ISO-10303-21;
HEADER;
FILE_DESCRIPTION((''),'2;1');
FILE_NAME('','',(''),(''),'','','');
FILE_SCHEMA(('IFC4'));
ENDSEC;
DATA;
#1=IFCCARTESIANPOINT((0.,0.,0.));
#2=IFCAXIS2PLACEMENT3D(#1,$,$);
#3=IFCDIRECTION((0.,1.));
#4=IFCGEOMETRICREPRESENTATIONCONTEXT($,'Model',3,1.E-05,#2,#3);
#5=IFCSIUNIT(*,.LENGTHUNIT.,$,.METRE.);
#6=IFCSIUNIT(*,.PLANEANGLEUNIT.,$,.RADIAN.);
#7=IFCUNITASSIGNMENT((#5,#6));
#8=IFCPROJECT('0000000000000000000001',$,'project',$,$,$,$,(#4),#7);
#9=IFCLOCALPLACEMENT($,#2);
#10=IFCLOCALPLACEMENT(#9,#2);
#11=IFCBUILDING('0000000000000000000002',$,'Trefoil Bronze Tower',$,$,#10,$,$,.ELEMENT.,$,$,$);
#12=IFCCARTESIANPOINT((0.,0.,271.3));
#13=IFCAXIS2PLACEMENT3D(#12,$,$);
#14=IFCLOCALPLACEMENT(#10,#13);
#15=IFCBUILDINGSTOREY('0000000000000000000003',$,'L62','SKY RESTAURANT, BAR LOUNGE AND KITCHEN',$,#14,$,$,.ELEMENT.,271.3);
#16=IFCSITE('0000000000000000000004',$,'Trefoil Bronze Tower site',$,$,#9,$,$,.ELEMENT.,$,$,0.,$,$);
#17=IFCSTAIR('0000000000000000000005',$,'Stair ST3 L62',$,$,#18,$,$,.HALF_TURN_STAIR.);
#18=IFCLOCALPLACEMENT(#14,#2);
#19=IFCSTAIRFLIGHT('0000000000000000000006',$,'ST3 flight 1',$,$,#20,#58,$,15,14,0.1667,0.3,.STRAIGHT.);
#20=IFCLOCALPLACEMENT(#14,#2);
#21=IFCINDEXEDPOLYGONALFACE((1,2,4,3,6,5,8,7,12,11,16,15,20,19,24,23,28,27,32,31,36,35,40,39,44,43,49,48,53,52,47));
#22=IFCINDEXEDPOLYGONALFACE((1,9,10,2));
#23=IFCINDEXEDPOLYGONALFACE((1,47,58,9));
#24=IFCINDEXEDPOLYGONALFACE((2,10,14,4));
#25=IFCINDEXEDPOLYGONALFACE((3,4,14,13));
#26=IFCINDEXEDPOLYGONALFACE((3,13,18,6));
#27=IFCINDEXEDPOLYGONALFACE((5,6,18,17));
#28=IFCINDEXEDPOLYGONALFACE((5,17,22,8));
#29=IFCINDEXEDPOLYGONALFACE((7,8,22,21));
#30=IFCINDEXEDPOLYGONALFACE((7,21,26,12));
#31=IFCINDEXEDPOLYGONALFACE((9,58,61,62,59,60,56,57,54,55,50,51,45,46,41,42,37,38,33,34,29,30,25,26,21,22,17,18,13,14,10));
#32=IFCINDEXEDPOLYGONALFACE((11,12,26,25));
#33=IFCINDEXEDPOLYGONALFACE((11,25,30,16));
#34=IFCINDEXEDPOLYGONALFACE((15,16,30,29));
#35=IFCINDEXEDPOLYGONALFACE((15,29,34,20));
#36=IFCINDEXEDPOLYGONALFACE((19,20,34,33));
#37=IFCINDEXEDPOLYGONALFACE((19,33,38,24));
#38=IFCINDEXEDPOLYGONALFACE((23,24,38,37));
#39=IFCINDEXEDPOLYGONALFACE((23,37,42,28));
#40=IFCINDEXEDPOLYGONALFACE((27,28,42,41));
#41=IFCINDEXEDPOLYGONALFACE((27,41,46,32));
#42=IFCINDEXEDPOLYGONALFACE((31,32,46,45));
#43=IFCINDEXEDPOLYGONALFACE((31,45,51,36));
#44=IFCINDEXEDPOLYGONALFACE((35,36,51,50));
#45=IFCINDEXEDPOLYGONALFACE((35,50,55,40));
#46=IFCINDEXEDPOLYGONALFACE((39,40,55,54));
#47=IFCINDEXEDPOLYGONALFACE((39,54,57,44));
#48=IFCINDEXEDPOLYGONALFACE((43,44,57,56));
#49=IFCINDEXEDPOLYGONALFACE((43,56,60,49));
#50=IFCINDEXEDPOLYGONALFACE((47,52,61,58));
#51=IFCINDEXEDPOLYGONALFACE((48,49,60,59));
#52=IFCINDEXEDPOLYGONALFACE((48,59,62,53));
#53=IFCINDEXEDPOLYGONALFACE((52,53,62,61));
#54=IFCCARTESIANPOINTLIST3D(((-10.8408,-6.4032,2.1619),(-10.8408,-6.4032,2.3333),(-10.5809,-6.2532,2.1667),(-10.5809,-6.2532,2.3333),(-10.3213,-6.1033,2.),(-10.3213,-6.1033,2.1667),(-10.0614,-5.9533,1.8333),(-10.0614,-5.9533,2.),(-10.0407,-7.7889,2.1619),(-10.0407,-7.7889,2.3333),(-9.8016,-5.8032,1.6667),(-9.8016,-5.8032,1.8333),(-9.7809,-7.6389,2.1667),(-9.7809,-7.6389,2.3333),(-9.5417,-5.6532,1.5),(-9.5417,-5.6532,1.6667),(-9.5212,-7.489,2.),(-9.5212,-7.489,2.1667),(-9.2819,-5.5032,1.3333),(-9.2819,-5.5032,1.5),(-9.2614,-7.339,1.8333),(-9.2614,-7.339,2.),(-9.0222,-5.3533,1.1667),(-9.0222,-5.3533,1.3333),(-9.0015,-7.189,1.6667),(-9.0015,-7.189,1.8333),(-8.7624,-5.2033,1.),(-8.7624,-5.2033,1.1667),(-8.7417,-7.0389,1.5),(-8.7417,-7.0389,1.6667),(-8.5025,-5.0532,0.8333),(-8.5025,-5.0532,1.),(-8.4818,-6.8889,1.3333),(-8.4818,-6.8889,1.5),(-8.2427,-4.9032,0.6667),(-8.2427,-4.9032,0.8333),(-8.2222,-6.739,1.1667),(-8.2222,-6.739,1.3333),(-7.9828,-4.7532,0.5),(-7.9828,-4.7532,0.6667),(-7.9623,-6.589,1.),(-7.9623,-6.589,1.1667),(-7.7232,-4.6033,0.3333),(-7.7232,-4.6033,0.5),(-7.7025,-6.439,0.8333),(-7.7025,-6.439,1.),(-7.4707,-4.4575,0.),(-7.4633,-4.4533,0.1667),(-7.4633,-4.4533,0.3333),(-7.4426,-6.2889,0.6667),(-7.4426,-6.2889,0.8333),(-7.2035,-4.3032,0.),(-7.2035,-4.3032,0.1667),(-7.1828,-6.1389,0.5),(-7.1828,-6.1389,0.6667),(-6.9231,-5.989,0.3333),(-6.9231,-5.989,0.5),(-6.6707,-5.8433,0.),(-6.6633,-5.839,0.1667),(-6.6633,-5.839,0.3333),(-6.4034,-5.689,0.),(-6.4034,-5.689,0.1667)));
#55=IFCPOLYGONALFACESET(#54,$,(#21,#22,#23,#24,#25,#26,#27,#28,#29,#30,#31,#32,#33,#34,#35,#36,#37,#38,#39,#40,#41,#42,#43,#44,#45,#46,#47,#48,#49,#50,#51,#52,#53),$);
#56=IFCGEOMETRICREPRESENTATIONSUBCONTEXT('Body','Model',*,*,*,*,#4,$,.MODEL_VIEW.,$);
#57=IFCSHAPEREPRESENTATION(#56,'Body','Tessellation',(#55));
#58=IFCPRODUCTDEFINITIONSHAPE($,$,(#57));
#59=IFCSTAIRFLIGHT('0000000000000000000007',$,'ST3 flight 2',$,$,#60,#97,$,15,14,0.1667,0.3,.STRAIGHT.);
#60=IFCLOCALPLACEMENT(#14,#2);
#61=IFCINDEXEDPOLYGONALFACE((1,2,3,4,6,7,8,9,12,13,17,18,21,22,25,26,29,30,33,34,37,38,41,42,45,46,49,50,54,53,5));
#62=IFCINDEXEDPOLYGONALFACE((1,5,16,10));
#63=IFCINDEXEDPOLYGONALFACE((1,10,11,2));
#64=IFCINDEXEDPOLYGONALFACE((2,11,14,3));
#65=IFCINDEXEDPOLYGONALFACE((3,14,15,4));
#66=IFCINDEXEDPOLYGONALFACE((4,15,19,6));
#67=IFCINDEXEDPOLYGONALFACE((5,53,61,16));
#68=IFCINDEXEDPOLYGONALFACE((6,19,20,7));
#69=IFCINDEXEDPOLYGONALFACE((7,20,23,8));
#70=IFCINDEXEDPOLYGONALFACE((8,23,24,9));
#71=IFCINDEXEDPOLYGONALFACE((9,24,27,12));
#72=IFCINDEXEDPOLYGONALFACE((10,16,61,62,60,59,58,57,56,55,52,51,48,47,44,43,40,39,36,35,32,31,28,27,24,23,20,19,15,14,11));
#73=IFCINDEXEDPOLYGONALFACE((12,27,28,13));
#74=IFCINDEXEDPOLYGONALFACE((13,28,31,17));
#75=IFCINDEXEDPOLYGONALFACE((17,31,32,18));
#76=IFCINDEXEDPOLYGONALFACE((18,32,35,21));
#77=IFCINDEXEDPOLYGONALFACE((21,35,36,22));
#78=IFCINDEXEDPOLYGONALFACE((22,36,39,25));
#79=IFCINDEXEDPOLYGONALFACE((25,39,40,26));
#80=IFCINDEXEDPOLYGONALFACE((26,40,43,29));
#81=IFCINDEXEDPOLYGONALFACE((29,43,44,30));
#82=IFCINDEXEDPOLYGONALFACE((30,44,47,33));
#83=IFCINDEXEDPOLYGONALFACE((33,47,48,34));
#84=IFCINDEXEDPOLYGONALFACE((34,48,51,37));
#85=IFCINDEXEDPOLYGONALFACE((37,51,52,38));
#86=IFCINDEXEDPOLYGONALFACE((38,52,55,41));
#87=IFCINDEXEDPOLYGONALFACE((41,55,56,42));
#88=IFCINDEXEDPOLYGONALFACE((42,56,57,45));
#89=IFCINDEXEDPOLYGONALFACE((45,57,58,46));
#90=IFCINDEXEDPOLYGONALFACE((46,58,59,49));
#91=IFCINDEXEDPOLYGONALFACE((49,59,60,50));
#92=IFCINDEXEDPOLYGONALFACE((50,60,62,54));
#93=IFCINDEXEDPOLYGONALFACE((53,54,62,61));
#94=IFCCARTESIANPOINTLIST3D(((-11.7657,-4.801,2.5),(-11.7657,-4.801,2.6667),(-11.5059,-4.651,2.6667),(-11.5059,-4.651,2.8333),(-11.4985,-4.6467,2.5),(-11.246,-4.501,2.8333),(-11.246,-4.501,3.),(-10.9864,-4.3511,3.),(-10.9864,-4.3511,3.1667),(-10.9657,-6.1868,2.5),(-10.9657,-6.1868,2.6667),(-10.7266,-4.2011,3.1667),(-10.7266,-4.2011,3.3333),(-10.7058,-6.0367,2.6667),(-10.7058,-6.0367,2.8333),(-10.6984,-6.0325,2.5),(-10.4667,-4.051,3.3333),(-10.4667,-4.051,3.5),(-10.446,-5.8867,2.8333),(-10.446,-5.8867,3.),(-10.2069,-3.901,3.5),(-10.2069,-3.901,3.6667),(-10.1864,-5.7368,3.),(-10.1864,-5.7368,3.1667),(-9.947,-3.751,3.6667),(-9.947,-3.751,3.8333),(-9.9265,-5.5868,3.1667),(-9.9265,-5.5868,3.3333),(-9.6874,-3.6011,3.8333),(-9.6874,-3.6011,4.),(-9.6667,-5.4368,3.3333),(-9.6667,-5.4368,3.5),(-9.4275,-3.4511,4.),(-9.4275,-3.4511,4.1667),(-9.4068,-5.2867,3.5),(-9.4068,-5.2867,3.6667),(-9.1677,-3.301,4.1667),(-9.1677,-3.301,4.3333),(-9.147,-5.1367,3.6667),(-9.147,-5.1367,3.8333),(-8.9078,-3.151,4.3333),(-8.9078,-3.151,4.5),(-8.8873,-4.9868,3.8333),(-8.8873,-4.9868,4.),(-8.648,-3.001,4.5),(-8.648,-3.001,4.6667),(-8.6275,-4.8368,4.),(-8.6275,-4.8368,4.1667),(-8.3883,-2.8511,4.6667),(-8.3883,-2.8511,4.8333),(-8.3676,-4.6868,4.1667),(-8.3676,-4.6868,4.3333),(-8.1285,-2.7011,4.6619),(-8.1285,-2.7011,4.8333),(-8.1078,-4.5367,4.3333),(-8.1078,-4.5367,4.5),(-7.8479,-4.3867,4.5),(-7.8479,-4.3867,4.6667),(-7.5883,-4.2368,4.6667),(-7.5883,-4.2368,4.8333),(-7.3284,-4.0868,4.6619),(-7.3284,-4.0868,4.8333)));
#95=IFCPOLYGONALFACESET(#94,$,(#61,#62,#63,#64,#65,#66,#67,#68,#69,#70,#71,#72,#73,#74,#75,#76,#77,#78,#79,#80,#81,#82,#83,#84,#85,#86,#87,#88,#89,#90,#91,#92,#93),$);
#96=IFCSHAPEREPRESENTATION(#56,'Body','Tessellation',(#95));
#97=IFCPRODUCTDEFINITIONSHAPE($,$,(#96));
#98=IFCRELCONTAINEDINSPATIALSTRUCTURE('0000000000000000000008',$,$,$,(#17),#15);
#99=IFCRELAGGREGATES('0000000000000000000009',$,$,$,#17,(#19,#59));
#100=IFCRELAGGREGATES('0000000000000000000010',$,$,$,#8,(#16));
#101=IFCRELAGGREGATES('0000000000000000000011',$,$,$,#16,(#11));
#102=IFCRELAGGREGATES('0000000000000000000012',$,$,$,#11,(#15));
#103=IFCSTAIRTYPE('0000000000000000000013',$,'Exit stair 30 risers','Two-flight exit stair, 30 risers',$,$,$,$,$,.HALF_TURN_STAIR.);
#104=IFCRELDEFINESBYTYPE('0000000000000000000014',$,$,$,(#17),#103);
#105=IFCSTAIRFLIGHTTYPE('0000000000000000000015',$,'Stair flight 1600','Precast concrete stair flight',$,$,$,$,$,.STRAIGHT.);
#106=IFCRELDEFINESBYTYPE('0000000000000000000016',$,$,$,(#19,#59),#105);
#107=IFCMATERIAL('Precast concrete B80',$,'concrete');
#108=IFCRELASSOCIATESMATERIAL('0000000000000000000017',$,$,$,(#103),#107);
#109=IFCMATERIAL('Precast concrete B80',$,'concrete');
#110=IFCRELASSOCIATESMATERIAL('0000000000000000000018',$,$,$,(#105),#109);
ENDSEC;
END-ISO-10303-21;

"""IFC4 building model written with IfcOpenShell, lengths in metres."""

from ifc_helpers import new_model, si_unit, direction, frame, origin, place, context, subcontext, project, spatial, polyline, outline, extrude, material, type_object, element, aggregate, save


model = new_model("IFC4")

# Units and contexts
model_context = context("Model", 3, precision=1e-05, world=origin(), true_north=direction((0.0, 1.0)))
body_context = subcontext(model_context, "Body", "Model", "MODEL_VIEW")
ifc_project = project(units=[si_unit("LENGTHUNIT", "METRE"), si_unit("PLANEANGLEUNIT", "RADIAN")], contexts=[model_context])

# Site, building, storey
site_placement = place(None, origin())
site = spatial("IfcSite", under=ifc_project, at=site_placement, Name="Trefoil Bronze Tower site", CompositionType="ELEMENT", RefElevation=0.0)
building_placement = place(site_placement, origin())
building = spatial("IfcBuilding", under=site, at=building_placement, Name="Trefoil Bronze Tower", CompositionType="ELEMENT")
storey_placement = place(building_placement, frame((0.0, 0.0, 271.3)))
storey = spatial("IfcBuildingStorey", under=building, at=storey_placement, Name="L62", Description="SKY RESTAURANT, BAR LOUNGE AND KITCHEN", CompositionType="ELEMENT", Elevation=271.3)

# Stair, stair flights
ifc_material_1 = material(Name="Precast concrete B80", Category="concrete")
stair_type = type_object("IfcStairType", Name="Exit stair 30 risers", Description="Two-flight exit stair, 30 risers", PredefinedType="HALF_TURN_STAIR", material=ifc_material_1)
stair_placement = place(storey_placement, origin())
stair = element("IfcStair", 1, at=stair_placement, inside=storey, type_object=stair_type, Name="Stair ST3 L62", PredefinedType="HALF_TURN_STAIR")
ifc_material_2 = material(Name="Precast concrete B80", Category="concrete")
stair_flight_type = type_object("IfcStairFlightType", Name="Stair flight 1600", Description="Precast concrete stair flight", PredefinedType="STRAIGHT", material=ifc_material_2)
stair_flight_1_placement = place(storey_placement, frame((-6.8035, -4.9961, 0.0), z_axis=(0.0, 0.0, 1.0), x_axis=(-0.866025, -0.5, 0.0)))
stair_flight_1 = element("IfcStairFlight", 2, at=stair_flight_1_placement, type_object=stair_flight_type, Name="ST3 flight 1", NumberOfRisers=15, NumberOfTreads=14, PredefinedType="STRAIGHT", RiserHeight=0.1667, TreadLength=0.3, context=body_context, shape_type="SweptSolid", body=[
    extrude(outline(polyline([(0.0, 0.0), (0.0, 0.1667), (0.3, 0.1667), (0.3, 0.3333), (0.6001, 0.3333), (0.6001, 0.5), (0.8999, 0.5), (0.8999, 0.6667), (1.2, 0.6667), (1.2, 0.8333), (1.5, 0.8333), (1.5, 1.0), (1.8, 1.0), (1.8, 1.1667), (2.1001, 1.1667), (2.1001, 1.3333), (2.3999, 1.3333), (2.3999, 1.5), (2.7, 1.5), (2.7, 1.6667), (3.0, 1.6667), (3.0, 1.8333), (3.3, 1.8333), (3.3, 2.0), (3.6001, 2.0), (3.6001, 2.1667), (3.8999, 2.1667), (3.8999, 2.3333), (4.2, 2.3333), (4.2, 2.5), (4.2, 2.1619), (0.3086, 0.0), (0.0, 0.0)])), frame((0.0, 0.8, 0.0), z_axis=(0.0, -1.0, 0.0), x_axis=(1.0, 0.0, 0.0)), (0.0, 0.0, 1.0), 1.6001),
])
stair_flight_2_placement = place(storey_placement, frame((-11.3657, -5.4939, 2.5), z_axis=(0.0, 0.0, 1.0), x_axis=(0.866025, 0.5, 0.0)))
stair_flight_2 = element("IfcStairFlight", 3, at=stair_flight_2_placement, type_object=stair_flight_type, Name="ST3 flight 2", NumberOfRisers=15, NumberOfTreads=14, PredefinedType="STRAIGHT", RiserHeight=0.1667, TreadLength=0.3, context=body_context, shape_type="SweptSolid", body=[
    extrude(outline(polyline([(0.0, 0.0), (0.0, 0.1667), (0.3, 0.1667), (0.3, 0.3333), (0.6001, 0.3333), (0.6001, 0.5), (0.8999, 0.5), (0.8999, 0.6667), (1.2, 0.6667), (1.2, 0.8333), (1.5, 0.8333), (1.5, 1.0), (1.8, 1.0), (1.8, 1.1667), (2.1001, 1.1667), (2.1001, 1.3333), (2.3999, 1.3333), (2.3999, 1.5), (2.7, 1.5), (2.7, 1.6667), (3.0, 1.6667), (3.0, 1.8333), (3.3, 1.8333), (3.3, 2.0), (3.6001, 2.0), (3.6001, 2.1667), (3.8999, 2.1667), (3.8999, 2.3333), (4.2, 2.3333), (4.2, 2.5), (4.2, 2.1619), (0.3086, 0.0), (0.0, 0.0)])), frame((0.0, 0.8, 0.0), z_axis=(0.0, -1.0, 0.0), x_axis=(1.0, 0.0, 0.0)), (0.0, 0.0, 1.0), 1.6001),
])
aggregate(stair, [stair_flight_1, stair_flight_2])

save(model, "model.ifc")
